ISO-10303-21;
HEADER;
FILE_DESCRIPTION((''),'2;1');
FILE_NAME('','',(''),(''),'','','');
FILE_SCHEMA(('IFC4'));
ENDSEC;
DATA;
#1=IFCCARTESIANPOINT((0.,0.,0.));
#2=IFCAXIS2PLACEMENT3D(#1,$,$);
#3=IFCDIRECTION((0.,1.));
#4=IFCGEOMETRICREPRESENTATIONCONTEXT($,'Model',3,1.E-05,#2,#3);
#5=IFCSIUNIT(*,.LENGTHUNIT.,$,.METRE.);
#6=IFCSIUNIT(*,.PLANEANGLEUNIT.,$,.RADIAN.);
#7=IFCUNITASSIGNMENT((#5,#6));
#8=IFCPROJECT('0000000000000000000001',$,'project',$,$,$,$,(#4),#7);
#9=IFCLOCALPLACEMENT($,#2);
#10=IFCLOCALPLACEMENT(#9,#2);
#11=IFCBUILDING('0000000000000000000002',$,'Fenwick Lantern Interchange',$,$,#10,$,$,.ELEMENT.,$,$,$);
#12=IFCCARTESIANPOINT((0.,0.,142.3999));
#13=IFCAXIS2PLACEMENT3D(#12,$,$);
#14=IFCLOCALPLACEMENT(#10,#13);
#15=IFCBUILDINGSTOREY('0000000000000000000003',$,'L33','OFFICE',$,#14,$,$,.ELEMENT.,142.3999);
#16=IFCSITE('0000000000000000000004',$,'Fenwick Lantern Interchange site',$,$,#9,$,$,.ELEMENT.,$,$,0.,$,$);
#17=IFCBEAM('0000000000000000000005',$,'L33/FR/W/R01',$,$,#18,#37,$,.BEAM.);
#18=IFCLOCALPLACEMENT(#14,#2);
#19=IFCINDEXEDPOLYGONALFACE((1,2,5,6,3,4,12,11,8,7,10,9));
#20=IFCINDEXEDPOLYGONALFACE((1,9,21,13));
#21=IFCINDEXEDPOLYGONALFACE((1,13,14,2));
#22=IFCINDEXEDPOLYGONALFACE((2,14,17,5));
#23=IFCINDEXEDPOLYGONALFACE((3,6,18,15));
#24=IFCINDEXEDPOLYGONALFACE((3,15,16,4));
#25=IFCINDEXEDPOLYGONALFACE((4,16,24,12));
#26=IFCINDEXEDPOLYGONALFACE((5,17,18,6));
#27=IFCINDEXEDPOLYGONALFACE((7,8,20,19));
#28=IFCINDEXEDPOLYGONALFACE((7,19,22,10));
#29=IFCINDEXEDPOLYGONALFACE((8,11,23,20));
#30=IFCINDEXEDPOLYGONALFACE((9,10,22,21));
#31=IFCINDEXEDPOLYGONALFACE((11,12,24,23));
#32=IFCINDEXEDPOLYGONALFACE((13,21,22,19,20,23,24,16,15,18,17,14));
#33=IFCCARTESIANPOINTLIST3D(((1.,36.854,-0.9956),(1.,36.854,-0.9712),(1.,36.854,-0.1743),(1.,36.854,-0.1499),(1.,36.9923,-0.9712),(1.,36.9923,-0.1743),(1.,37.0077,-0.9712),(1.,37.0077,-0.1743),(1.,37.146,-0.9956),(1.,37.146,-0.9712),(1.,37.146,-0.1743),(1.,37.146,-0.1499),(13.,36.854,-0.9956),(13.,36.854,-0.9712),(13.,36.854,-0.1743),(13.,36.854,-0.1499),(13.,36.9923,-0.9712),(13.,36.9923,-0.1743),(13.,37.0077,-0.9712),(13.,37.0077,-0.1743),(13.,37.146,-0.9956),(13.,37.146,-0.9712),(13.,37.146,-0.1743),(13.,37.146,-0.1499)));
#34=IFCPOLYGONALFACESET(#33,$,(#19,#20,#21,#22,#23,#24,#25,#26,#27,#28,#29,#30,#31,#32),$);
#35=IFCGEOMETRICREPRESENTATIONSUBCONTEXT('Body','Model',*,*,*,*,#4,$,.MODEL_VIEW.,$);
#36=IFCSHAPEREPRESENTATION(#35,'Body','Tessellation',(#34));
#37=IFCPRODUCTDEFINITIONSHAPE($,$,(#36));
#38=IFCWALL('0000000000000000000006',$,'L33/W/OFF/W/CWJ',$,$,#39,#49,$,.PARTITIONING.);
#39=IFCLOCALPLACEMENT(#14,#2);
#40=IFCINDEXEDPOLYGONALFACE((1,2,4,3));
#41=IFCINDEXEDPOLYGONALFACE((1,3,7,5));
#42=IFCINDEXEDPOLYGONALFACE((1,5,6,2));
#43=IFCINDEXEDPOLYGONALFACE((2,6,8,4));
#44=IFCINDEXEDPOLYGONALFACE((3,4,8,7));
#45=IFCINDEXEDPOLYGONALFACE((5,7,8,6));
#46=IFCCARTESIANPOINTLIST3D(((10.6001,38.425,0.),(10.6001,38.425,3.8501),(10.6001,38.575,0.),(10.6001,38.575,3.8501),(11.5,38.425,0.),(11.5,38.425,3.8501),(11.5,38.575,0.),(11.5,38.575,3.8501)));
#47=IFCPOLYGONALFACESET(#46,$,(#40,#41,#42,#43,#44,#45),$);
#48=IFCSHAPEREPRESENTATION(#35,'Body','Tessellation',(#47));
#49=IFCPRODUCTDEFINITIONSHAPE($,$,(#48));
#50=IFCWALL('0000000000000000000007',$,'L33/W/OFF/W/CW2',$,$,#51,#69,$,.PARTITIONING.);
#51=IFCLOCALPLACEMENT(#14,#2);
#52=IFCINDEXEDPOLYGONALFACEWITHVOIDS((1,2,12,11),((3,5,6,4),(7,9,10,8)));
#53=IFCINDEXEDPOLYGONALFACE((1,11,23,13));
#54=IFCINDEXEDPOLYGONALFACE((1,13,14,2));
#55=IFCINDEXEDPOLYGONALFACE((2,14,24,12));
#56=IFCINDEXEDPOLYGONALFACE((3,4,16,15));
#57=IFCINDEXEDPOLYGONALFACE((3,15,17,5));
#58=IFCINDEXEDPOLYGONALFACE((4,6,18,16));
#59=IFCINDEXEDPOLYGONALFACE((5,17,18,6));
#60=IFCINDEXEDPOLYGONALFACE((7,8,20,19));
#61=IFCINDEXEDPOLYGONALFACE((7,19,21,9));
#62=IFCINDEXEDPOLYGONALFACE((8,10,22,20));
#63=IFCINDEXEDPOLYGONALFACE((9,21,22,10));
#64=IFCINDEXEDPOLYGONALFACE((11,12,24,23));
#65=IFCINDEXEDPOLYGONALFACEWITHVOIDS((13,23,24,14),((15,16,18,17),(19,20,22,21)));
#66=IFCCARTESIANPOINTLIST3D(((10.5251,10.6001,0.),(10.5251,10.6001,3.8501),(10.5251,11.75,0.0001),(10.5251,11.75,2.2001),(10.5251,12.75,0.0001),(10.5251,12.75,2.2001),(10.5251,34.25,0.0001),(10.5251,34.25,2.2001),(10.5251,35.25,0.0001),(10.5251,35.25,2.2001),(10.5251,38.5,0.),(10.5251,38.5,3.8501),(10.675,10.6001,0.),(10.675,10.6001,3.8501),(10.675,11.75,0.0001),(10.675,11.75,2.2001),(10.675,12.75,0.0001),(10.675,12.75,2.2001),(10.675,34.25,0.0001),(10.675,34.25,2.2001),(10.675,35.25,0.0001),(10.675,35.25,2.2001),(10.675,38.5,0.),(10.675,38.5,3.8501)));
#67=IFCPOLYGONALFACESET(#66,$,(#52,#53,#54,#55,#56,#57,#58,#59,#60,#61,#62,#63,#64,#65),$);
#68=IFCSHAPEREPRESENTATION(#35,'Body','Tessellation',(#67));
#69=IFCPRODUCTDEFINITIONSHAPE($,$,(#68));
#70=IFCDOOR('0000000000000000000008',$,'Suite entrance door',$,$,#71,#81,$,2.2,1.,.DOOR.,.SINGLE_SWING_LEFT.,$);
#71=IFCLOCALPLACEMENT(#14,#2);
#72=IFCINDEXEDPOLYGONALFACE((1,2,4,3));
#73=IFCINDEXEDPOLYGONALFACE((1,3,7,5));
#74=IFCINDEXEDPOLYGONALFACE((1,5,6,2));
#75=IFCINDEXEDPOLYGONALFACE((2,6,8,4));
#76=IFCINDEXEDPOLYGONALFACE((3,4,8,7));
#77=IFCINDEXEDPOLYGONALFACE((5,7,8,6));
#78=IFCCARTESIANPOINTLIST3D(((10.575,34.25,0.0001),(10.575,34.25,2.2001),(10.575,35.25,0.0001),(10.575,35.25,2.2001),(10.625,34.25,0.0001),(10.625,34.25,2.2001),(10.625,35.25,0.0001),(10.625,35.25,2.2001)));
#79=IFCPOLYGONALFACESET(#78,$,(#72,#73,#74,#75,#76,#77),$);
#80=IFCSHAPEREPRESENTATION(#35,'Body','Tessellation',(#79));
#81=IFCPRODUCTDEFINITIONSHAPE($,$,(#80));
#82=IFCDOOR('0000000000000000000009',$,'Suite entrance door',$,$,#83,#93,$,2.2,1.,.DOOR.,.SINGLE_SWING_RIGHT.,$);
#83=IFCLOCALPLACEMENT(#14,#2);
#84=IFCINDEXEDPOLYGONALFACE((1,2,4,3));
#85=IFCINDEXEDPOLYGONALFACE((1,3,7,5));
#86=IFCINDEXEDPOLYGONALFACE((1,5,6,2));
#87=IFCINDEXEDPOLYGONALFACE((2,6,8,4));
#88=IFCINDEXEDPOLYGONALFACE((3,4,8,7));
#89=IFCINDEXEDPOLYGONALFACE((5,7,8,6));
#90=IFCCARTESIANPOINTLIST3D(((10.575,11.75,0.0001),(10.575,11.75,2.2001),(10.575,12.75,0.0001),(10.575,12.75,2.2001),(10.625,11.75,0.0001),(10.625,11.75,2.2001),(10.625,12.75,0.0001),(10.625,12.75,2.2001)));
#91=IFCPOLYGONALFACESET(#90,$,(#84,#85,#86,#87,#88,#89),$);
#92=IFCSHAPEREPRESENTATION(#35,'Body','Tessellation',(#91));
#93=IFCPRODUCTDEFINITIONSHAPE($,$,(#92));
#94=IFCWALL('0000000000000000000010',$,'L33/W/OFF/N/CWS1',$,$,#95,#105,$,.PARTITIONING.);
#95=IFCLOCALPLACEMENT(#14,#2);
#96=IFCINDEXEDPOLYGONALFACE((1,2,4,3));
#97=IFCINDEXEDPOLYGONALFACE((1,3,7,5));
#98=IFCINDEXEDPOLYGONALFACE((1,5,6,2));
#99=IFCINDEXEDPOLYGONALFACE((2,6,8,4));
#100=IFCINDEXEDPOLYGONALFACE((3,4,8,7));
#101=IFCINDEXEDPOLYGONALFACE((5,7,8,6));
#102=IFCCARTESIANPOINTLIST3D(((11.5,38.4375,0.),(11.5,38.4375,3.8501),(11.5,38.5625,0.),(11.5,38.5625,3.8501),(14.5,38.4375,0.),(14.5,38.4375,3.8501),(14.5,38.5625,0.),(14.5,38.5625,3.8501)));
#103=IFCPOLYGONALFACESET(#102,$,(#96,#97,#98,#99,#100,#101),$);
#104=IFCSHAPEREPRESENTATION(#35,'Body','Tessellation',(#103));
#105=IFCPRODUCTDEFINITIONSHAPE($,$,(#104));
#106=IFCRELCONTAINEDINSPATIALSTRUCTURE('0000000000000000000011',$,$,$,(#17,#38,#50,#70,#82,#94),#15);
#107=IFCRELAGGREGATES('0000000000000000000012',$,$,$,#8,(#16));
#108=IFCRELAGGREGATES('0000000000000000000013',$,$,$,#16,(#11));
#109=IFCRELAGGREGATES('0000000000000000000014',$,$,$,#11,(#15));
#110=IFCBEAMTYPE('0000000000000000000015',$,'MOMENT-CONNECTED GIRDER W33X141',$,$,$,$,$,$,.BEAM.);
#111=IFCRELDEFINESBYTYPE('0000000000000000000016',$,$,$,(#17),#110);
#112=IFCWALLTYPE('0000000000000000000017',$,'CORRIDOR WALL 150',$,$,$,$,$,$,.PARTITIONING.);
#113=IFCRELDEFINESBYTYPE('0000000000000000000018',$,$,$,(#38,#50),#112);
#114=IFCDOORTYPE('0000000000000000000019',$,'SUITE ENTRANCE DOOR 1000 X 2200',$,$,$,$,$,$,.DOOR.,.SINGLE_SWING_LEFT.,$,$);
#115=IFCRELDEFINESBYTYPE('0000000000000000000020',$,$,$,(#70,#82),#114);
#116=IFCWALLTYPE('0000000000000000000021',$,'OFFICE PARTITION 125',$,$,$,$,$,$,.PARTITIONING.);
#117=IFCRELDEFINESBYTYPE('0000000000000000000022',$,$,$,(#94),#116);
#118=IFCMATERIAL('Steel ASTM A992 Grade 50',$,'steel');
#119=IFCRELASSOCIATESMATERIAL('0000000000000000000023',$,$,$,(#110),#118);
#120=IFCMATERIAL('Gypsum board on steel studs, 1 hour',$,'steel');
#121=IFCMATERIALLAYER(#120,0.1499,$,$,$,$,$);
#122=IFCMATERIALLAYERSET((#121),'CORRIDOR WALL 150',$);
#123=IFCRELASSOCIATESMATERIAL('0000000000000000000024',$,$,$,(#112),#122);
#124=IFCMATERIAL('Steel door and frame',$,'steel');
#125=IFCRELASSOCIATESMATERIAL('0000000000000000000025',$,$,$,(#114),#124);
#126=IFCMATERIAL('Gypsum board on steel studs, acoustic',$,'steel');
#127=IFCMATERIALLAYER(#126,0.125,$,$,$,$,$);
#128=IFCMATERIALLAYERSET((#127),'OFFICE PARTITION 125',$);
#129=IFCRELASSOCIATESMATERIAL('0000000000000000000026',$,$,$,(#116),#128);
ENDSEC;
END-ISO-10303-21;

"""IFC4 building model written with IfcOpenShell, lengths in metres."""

from ifc_helpers import new_model, si_unit, direction, frame, frame_2d, origin, origin_2d, place, context, subcontext, project, spatial, rectangle, i_section, extrude, material, layer, layer_set, material_profile, profile_set, type_object, element, fill, save


model = new_model("IFC4")

# Units and contexts
model_context = context("Model", 3, precision=1e-05, world=origin(), true_north=direction((0.0, 1.0)))
body_context = subcontext(model_context, "Body", "Model", "MODEL_VIEW")
ifc_project = project(units=[si_unit("LENGTHUNIT", "METRE"), si_unit("PLANEANGLEUNIT", "RADIAN")], contexts=[model_context])

# Site, building, storey
site_placement = place(None, origin())
site = spatial("IfcSite", under=ifc_project, at=site_placement, Name="Fenwick Lantern Interchange site", CompositionType="ELEMENT", RefElevation=0.0)
building_placement = place(site_placement, origin())
building = spatial("IfcBuilding", under=site, at=building_placement, Name="Fenwick Lantern Interchange", CompositionType="ELEMENT")
storey_placement = place(building_placement, frame((0.0, 0.0, 142.3999)))
storey = spatial("IfcBuildingStorey", under=building, at=storey_placement, Name="L33", Description="OFFICE", CompositionType="ELEMENT", Elevation=142.3999)

# Beam
ifc_material_1 = material(Name="Steel ASTM A992 Grade 50", Category="steel")
ifc_material_profile_1 = material_profile(ifc_material_1, i_section(OverallWidth=0.292, OverallDepth=0.8457, WebThickness=0.0154, FlangeThickness=0.0244, at=origin_2d()), Name="W33X141")
ifc_profile_set_1 = profile_set([ifc_material_profile_1], Name="Steel ASTM A992 Grade 50")
beam_type_1 = type_object("IfcBeamType", Name="MOMENT-CONNECTED GIRDER W33X141", PredefinedType="BEAM", material=ifc_profile_set_1)
beam_1_placement = place(storey_placement, frame((1.0, 37.0, -0.5728), z_axis=(1.0, 0.0, 0.0), x_axis=(0.0, 1.0, 0.0)))
element("IfcBeam", 1, at=beam_1_placement, inside=storey, type_object=beam_type_1, Name="L33/FR/W/R01", PredefinedType="BEAM", context=body_context, shape_type="SweptSolid", body=[
    extrude(i_section(OverallWidth=0.292, OverallDepth=0.8457, WebThickness=0.0154, FlangeThickness=0.0244, at=origin_2d()), origin(), (0.0, 0.0, 1.0), 12.0),
])

# Shared definitions
ifc_material_2 = material(Name="Steel door and frame", Category="steel")

# Wall
ifc_material_3 = material(Name="Gypsum board on steel studs, 1 hour", Category="steel")
ifc_layer_1 = layer(ifc_material_3, 0.1499)
ifc_layer_set_1 = layer_set([ifc_layer_1], Name="CORRIDOR WALL 150")
wall_type_1 = type_object("IfcWallType", Name="CORRIDOR WALL 150", PredefinedType="PARTITIONING", material=ifc_layer_set_1)
wall_1_placement = place(storey_placement, frame((11.5, 38.5, 0.0), z_axis=(0.0, 0.0, 1.0), x_axis=(-1.0, 0.0, 0.0)))
element("IfcWall", 2, at=wall_1_placement, inside=storey, type_object=wall_type_1, Name="L33/W/OFF/W/CWJ", PredefinedType="PARTITIONING", context=body_context, shape_type="SweptSolid", body=[
    extrude(rectangle(XDim=0.8999, YDim=0.1499, at=frame_2d((0.45, 0.0))), origin(), (0.0, 0.0, 1.0), 3.8501),
])

# Wall, openings, doors
wall_2_placement = place(storey_placement, frame((10.6001, 38.5, 0.0), z_axis=(0.0, 0.0, 1.0), x_axis=(0.0, -1.0, 0.0)))
wall_2 = element("IfcWall", 3, at=wall_2_placement, inside=storey, type_object=wall_type_1, Name="L33/W/OFF/W/CW2", PredefinedType="PARTITIONING", context=body_context, shape_type="SweptSolid", body=[
    extrude(rectangle(XDim=27.8999, YDim=0.1499, at=frame_2d((13.95, 0.0))), origin(), (0.0, 0.0, 1.0), 3.8501),
])
opening_1_placement = place(wall_2_placement, frame((3.25, 0.0, 0.0)))
opening_1 = element("IfcOpeningElement", 4, at=opening_1_placement, cuts=wall_2, PredefinedType="OPENING", context=body_context, shape_type="SweptSolid", body=[
    extrude(rectangle(XDim=1.0, YDim=2.2, at=frame_2d((0.5, 1.1001))), frame((0.0, 0.085, 0.0), z_axis=(0.0, -1.0, 0.0), x_axis=(1.0, 0.0, 0.0)), (0.0, 0.0, 1.0), 0.1699),
])
opening_2_placement = place(wall_2_placement, frame((25.75, 0.0, 0.0)))
opening_2 = element("IfcOpeningElement", 5, at=opening_2_placement, cuts=wall_2, PredefinedType="OPENING", context=body_context, shape_type="SweptSolid", body=[
    extrude(rectangle(XDim=1.0, YDim=2.2, at=frame_2d((0.5, 1.1001))), frame((0.0, 0.085, 0.0), z_axis=(0.0, -1.0, 0.0), x_axis=(1.0, 0.0, 0.0)), (0.0, 0.0, 1.0), 0.1699),
])
door_type_1 = type_object("IfcDoorType", Name="SUITE ENTRANCE DOOR 1000 X 2200", OperationType="SINGLE_SWING_LEFT", PredefinedType="DOOR", material=ifc_material_2)
door_1_placement = place(opening_1_placement, origin())
door_1 = element("IfcDoor", 6, at=door_1_placement, inside=storey, type_object=door_type_1, Name="Suite entrance door", OperationType="SINGLE_SWING_LEFT", OverallHeight=2.2, OverallWidth=1.0, PredefinedType="DOOR", context=body_context, shape_type="SweptSolid", body=[
    extrude(rectangle(XDim=1.0, YDim=2.2, at=frame_2d((0.5, 1.1001))), frame((0.0, 0.0249, 0.0), z_axis=(0.0, -1.0, 0.0), x_axis=(1.0, 0.0, 0.0)), (0.0, 0.0, 1.0), 0.05),
])
fill(opening_1, door_1)
door_2_placement = place(opening_2_placement, origin())
door_2 = element("IfcDoor", 7, at=door_2_placement, inside=storey, type_object=door_type_1, Name="Suite entrance door", OperationType="SINGLE_SWING_RIGHT", OverallHeight=2.2, OverallWidth=1.0, PredefinedType="DOOR", context=body_context, shape_type="SweptSolid", body=[
    extrude(rectangle(XDim=1.0, YDim=2.2, at=frame_2d((0.5, 1.1001))), frame((0.0, 0.0249, 0.0), z_axis=(0.0, -1.0, 0.0), x_axis=(1.0, 0.0, 0.0)), (0.0, 0.0, 1.0), 0.05),
])
fill(opening_2, door_2)

# Wall
ifc_material_4 = material(Name="Gypsum board on steel studs, acoustic", Category="steel")
ifc_layer_2 = layer(ifc_material_4, 0.125)
ifc_layer_set_2 = layer_set([ifc_layer_2], Name="OFFICE PARTITION 125")
wall_type_2 = type_object("IfcWallType", Name="OFFICE PARTITION 125", PredefinedType="PARTITIONING", material=ifc_layer_set_2)
wall_3_placement = place(storey_placement, frame((14.5, 38.5, 0.0), z_axis=(0.0, 0.0, 1.0), x_axis=(-1.0, 0.0, 0.0)))
element("IfcWall", 8, at=wall_3_placement, inside=storey, type_object=wall_type_2, Name="L33/W/OFF/N/CWS1", PredefinedType="PARTITIONING", context=body_context, shape_type="SweptSolid", body=[
    extrude(rectangle(XDim=3.0, YDim=0.125, at=frame_2d((1.5, 0.0))), origin(), (0.0, 0.0, 1.0), 3.8501),
])

save(model, "model.ifc")
